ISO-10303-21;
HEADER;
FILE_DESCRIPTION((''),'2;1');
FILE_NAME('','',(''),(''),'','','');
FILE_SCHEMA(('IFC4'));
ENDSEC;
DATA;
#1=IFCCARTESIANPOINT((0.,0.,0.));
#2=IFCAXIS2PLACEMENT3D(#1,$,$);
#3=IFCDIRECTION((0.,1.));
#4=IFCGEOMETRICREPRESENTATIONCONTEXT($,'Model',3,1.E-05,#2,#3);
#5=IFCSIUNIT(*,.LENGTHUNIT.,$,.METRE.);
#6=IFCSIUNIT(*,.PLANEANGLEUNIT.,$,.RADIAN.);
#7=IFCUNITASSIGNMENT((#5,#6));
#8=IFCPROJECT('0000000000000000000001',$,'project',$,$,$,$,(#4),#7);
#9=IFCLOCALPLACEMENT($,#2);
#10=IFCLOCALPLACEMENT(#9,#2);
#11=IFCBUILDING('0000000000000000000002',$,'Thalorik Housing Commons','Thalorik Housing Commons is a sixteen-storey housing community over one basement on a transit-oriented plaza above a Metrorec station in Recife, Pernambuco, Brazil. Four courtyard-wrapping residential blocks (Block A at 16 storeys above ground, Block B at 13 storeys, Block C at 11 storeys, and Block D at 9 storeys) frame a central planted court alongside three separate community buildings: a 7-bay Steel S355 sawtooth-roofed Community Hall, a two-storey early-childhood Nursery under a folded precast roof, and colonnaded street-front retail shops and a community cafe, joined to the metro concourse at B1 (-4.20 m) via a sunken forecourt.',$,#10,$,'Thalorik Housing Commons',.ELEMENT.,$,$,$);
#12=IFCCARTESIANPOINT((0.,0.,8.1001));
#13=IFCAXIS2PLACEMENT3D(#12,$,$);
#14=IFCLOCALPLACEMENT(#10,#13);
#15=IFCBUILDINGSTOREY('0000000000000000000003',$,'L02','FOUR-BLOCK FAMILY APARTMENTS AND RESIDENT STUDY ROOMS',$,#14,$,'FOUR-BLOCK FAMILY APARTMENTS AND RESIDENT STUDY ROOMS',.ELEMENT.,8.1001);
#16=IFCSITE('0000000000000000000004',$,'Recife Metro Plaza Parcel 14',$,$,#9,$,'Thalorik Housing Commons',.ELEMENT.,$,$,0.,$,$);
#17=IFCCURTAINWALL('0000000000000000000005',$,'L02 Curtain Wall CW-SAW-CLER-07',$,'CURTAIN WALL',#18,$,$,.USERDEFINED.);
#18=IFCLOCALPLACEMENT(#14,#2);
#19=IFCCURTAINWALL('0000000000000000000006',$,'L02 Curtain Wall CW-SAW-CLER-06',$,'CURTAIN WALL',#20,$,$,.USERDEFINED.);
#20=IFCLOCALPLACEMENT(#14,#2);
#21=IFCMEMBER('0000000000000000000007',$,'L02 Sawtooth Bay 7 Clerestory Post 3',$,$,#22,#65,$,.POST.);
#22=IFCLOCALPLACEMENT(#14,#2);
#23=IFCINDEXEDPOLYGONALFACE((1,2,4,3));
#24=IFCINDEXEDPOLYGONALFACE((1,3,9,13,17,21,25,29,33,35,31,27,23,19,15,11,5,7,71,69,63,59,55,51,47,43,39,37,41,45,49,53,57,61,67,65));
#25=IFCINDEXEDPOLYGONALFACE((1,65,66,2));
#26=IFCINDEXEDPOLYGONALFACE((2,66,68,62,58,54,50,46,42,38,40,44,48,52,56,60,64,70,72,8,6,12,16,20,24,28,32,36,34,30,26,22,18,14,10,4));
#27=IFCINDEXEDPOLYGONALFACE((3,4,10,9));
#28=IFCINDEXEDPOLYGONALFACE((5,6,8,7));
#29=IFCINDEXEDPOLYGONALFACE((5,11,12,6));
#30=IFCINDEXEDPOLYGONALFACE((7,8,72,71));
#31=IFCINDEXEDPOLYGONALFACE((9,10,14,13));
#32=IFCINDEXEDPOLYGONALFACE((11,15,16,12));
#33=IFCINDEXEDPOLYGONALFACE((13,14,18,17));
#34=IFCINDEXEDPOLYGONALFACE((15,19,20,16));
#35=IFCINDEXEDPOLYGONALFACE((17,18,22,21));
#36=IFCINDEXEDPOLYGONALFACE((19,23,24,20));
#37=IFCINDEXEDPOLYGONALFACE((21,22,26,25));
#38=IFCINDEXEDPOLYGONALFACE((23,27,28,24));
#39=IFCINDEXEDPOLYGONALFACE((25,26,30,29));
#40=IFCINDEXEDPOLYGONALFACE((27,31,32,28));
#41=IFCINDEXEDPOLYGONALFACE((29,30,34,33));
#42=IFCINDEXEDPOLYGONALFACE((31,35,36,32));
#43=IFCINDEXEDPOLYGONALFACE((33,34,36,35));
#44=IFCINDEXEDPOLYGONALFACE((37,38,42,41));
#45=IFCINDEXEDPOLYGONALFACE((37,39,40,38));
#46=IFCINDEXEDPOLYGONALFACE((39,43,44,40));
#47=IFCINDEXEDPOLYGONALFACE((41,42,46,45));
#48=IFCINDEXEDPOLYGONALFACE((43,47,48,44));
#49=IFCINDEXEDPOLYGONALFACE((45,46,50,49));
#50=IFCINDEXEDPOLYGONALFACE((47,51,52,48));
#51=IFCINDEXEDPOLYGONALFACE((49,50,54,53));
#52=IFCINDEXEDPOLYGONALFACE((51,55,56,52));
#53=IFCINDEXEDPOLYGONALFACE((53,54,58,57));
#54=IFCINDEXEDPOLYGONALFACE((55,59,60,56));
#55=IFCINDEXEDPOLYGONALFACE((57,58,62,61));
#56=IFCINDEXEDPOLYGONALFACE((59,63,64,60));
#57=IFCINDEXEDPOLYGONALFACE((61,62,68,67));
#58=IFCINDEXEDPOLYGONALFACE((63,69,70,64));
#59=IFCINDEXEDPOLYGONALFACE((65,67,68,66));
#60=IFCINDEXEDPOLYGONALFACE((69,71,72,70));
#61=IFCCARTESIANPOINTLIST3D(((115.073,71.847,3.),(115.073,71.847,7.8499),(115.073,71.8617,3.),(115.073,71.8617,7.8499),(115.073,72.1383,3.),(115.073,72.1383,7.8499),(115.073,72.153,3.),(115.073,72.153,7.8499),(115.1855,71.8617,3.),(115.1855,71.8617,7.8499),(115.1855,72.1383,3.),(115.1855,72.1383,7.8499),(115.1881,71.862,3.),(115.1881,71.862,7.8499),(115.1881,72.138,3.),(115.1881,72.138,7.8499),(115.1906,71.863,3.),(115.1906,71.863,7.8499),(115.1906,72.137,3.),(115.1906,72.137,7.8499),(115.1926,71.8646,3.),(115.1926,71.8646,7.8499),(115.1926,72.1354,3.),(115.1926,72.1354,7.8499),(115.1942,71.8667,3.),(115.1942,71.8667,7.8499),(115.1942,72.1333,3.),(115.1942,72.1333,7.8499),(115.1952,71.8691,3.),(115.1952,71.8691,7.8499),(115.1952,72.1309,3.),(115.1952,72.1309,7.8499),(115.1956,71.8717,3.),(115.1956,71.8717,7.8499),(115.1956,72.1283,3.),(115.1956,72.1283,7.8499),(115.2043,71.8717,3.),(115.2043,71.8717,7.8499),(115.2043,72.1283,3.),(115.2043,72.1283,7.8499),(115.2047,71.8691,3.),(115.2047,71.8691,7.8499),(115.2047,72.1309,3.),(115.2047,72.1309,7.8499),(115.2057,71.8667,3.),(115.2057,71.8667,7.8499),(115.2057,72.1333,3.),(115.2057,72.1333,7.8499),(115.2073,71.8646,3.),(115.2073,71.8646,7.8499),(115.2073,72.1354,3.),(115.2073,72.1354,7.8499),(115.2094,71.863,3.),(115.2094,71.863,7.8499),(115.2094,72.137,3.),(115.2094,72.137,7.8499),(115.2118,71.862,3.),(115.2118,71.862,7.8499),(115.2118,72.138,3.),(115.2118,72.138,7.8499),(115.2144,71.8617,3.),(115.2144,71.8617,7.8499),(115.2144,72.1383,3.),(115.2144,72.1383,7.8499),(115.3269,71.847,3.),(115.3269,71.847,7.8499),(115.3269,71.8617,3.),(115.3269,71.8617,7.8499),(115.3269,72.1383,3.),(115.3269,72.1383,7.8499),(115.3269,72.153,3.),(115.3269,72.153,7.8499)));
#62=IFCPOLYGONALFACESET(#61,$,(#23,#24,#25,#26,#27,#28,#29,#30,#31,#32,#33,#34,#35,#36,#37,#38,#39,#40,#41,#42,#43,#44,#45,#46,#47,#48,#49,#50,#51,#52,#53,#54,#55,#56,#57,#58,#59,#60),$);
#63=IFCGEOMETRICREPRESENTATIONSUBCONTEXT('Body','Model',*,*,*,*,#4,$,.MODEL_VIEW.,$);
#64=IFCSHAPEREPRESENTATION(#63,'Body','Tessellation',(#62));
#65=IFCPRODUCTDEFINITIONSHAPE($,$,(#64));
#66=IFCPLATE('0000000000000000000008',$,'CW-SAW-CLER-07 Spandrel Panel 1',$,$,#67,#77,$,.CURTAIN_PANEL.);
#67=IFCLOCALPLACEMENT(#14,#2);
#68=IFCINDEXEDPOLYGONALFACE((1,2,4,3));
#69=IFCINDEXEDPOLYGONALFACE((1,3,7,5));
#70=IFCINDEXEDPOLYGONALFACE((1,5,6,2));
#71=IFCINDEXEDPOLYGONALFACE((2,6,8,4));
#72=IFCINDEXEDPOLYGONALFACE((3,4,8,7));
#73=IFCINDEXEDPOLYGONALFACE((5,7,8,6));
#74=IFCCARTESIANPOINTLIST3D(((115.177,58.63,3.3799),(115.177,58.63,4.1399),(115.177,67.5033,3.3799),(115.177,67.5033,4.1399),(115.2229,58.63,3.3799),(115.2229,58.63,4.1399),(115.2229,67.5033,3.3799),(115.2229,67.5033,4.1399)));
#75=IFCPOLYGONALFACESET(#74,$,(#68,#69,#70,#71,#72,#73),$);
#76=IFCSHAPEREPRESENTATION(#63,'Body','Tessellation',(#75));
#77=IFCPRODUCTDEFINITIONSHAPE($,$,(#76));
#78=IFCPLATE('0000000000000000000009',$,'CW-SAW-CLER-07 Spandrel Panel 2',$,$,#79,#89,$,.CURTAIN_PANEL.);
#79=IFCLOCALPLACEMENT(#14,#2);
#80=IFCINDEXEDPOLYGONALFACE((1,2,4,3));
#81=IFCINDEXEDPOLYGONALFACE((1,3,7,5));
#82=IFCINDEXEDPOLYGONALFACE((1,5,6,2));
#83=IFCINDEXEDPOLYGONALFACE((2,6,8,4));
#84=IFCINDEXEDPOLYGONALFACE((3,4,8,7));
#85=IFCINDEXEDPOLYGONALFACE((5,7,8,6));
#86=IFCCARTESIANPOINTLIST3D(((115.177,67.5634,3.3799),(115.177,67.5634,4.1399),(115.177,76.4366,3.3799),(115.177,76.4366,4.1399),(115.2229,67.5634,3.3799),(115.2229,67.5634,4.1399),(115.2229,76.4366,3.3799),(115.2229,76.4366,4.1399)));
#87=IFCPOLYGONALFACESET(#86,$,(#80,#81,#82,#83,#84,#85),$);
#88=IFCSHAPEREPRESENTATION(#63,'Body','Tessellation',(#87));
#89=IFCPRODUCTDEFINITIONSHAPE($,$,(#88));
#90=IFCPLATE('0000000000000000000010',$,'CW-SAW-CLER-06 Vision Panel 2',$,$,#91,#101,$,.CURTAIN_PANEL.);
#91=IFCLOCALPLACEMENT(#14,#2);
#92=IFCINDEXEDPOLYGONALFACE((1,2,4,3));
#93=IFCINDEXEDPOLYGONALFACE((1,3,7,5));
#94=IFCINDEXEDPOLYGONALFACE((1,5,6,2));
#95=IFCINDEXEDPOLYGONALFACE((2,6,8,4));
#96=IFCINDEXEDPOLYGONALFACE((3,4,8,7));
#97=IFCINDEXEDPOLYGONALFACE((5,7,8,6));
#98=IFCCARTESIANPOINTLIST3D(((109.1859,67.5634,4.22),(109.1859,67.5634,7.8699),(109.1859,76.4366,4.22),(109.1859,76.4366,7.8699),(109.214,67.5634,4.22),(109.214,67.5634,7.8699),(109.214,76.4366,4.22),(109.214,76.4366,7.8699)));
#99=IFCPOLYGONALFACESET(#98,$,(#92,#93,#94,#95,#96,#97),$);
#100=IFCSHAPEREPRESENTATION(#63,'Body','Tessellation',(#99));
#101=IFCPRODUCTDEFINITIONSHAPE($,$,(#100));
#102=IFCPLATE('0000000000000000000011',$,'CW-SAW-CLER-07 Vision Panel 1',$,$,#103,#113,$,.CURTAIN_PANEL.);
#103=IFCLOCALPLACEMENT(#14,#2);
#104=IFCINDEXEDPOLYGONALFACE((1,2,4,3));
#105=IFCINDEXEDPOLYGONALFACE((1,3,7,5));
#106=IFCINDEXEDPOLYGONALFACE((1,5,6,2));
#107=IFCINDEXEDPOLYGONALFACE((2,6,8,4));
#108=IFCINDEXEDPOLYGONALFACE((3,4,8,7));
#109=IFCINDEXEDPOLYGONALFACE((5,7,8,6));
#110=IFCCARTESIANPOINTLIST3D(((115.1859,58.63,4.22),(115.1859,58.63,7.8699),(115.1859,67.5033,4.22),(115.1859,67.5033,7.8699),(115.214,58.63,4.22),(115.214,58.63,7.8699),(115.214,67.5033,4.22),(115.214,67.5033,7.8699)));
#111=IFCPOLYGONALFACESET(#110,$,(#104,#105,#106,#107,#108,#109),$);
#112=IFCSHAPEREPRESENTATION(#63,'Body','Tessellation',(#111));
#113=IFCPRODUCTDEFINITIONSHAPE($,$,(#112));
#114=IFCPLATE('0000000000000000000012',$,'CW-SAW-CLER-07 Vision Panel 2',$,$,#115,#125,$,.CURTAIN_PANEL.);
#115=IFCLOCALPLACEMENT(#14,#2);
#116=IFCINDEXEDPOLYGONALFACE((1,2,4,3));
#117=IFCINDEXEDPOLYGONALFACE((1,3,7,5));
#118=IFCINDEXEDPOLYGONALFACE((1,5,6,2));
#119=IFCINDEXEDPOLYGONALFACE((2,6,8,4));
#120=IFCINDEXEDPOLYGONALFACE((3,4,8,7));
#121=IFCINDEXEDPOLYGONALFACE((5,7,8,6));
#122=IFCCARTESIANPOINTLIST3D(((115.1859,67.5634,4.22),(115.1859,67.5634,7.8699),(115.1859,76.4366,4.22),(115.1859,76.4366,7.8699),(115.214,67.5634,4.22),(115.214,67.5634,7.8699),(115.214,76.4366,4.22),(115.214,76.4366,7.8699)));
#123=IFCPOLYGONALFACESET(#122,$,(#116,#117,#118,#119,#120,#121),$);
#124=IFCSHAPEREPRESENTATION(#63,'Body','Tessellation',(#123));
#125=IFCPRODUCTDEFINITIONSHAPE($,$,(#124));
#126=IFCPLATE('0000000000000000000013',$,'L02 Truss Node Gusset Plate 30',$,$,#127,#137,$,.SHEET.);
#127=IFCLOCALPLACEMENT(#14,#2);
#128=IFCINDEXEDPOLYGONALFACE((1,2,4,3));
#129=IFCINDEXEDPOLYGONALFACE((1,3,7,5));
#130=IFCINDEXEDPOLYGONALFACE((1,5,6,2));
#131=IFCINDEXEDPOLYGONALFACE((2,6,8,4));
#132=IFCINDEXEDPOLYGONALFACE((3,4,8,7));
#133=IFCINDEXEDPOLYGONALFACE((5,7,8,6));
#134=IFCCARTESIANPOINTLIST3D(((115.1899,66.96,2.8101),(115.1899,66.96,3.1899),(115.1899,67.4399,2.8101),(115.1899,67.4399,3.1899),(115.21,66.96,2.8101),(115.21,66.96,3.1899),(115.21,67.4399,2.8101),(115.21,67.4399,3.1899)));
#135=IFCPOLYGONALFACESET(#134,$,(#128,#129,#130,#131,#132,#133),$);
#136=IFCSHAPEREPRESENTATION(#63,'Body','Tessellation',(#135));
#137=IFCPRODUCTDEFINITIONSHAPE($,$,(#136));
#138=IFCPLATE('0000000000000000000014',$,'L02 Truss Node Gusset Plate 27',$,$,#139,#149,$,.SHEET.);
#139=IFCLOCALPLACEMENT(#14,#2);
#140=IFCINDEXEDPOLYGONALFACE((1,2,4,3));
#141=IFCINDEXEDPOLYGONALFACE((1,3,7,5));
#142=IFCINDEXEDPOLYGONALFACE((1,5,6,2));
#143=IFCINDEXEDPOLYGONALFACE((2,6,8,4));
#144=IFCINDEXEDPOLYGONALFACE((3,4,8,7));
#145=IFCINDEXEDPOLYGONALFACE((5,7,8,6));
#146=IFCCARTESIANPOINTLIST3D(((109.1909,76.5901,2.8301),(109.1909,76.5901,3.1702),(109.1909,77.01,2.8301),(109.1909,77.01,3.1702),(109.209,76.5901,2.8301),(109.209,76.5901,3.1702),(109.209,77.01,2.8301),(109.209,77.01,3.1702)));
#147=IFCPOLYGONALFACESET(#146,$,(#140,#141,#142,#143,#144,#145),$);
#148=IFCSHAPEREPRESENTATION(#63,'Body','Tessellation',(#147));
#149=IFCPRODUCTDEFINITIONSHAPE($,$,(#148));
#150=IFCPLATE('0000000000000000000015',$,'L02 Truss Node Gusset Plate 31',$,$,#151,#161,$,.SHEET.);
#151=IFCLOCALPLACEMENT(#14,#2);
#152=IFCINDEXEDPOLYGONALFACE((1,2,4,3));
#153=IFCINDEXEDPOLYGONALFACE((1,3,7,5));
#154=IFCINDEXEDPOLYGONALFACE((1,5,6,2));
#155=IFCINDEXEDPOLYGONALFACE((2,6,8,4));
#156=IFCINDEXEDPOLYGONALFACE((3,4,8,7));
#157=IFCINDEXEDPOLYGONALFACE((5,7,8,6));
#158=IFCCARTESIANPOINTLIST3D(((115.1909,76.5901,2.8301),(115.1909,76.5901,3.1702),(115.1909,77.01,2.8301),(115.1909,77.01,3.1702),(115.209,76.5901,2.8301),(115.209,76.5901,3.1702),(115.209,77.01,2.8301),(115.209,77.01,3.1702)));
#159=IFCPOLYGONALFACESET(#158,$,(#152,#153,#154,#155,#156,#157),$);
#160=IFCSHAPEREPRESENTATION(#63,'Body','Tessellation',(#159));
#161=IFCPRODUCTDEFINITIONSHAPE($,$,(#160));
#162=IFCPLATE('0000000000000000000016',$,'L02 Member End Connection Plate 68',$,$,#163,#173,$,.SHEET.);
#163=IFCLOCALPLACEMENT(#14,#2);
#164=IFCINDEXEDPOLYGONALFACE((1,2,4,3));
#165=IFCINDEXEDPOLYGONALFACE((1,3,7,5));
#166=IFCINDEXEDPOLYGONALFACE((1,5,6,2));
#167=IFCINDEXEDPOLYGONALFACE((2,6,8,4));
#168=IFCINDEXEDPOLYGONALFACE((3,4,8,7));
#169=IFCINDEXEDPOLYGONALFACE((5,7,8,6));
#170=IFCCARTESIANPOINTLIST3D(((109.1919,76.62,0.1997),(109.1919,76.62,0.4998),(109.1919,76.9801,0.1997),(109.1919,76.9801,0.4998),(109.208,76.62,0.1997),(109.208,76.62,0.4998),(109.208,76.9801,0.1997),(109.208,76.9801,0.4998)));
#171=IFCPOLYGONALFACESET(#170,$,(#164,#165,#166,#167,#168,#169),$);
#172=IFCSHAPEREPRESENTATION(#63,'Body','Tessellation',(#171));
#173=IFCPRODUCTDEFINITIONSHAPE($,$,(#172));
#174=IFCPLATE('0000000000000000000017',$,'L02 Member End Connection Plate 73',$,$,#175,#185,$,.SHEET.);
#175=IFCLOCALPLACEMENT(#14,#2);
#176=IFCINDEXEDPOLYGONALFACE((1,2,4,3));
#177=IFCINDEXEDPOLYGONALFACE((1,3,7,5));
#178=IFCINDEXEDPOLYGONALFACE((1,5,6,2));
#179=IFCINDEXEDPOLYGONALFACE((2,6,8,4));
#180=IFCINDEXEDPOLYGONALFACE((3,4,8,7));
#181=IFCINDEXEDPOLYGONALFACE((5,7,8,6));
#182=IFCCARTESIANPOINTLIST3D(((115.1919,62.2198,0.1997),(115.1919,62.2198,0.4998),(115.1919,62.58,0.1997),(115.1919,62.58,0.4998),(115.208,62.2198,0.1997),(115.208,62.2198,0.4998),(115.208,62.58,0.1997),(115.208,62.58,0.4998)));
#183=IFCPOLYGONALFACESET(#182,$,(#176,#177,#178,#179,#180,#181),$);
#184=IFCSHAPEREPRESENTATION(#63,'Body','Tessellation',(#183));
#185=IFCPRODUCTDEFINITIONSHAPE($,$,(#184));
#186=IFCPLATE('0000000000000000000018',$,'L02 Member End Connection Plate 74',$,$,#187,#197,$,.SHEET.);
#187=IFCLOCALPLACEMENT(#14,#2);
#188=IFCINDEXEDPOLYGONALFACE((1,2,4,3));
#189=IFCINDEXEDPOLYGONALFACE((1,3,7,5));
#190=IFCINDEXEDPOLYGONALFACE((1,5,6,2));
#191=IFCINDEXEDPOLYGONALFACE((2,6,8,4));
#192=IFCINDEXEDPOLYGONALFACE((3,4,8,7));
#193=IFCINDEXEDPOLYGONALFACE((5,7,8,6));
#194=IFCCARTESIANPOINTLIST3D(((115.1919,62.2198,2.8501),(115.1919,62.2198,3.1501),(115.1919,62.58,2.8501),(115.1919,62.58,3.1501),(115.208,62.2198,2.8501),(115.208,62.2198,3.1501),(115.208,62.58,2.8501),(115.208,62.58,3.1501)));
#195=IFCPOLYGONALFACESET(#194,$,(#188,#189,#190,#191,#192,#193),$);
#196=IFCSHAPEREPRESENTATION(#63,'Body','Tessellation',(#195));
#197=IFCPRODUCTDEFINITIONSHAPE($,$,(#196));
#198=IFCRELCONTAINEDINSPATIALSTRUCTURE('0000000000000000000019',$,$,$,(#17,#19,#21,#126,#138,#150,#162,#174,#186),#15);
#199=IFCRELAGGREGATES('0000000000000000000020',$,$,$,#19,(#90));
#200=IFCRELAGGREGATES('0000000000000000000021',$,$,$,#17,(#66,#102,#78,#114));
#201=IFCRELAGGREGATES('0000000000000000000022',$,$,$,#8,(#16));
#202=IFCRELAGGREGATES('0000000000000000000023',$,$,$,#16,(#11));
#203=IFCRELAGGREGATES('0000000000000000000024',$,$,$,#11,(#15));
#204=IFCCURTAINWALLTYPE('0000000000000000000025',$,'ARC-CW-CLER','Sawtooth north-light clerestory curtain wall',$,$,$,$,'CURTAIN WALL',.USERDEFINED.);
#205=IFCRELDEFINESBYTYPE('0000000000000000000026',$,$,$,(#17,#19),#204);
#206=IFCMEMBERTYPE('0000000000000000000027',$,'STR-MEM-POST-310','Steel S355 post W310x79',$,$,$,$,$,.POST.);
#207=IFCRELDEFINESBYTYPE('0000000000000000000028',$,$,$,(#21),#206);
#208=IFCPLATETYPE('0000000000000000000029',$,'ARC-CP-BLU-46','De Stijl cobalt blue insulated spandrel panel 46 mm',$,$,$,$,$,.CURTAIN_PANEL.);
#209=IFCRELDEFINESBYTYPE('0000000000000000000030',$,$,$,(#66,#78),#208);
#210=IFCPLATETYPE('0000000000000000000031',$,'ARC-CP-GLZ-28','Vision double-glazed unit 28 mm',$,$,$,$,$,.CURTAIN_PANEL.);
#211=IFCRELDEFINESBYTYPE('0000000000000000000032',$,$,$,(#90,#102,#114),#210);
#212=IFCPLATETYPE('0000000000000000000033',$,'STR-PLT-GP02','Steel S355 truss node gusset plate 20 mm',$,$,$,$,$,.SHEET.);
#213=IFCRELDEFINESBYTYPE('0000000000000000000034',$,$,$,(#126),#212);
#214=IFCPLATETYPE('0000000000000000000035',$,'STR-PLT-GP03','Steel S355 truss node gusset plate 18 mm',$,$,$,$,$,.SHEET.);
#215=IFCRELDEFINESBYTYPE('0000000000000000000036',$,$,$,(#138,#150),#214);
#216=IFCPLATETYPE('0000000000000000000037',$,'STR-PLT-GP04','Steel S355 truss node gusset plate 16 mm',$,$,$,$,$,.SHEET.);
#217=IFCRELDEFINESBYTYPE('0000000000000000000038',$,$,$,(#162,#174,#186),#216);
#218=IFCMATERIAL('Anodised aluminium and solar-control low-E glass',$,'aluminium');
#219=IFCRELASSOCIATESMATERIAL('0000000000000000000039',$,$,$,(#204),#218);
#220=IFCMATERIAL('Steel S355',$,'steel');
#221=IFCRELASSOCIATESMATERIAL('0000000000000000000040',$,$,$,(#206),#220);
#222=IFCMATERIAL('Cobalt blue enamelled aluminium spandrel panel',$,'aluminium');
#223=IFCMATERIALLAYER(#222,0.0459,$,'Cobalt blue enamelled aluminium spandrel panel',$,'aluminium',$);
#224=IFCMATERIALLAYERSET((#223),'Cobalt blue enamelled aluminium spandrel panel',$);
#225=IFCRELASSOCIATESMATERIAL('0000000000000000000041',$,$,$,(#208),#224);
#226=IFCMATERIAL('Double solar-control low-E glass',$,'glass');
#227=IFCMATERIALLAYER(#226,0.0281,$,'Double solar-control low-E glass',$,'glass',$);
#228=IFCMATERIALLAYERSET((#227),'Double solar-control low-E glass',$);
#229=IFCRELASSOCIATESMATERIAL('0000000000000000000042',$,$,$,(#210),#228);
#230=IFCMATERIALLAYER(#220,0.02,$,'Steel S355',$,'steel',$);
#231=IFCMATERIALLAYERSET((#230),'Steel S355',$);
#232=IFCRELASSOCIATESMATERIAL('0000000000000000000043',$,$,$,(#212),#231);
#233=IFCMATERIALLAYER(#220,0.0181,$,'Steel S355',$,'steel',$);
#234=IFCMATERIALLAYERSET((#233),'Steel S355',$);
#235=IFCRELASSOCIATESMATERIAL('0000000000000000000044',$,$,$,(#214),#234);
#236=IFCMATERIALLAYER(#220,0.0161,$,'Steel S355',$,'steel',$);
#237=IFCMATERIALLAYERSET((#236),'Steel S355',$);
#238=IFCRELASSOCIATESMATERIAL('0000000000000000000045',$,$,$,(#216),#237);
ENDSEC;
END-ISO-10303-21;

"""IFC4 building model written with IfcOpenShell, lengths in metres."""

from ifc_helpers import new_model, si_unit, direction, frame, origin, origin_2d, place, context, subcontext, project, spatial, rectangle, i_section, extrude, material, layer, layer_set, material_profile, profile_set, type_object, element, aggregate, save


model = new_model("IFC4")

# Units and contexts
model_context = context("Model", 3, precision=1e-05, world=origin(), true_north=direction((0.0, 1.0)))
body_context = subcontext(model_context, "Body", "Model", "MODEL_VIEW")
ifc_project = project(units=[si_unit("LENGTHUNIT", "METRE"), si_unit("PLANEANGLEUNIT", "RADIAN")], contexts=[model_context])

# Site, building, storey
site_placement = place(None, origin())
site = spatial("IfcSite", under=ifc_project, at=site_placement, Name="Recife Metro Plaza Parcel 14", LongName="Thalorik Housing Commons", CompositionType="ELEMENT", RefElevation=0.0)
building_placement = place(site_placement, origin())
building = spatial("IfcBuilding", under=site, at=building_placement, Name="Thalorik Housing Commons", Description="Thalorik Housing Commons is a sixteen-storey housing community over one basement on a transit-oriented plaza above a Metrorec station in Recife, Pernambuco, Brazil. Four courtyard-wrapping residential blocks (Block A at 16 storeys above ground, Block B at 13 storeys, Block C at 11 storeys, and Block D at 9 storeys) frame a central planted court alongside three separate community buildings: a 7-bay Steel S355 sawtooth-roofed Community Hall, a two-storey early-childhood Nursery under a folded precast roof, and colonnaded street-front retail shops and a community cafe, joined to the metro concourse at B1 (-4.20 m) via a sunken forecourt.", LongName="Thalorik Housing Commons", CompositionType="ELEMENT")
storey_placement = place(building_placement, frame((0.0, 0.0, 8.1001)))
storey = spatial("IfcBuildingStorey", under=building, at=storey_placement, Name="L02", Description="FOUR-BLOCK FAMILY APARTMENTS AND RESIDENT STUDY ROOMS", LongName="FOUR-BLOCK FAMILY APARTMENTS AND RESIDENT STUDY ROOMS", CompositionType="ELEMENT", Elevation=8.1001)

# Curtain wall
ifc_material_1 = material(Name="Anodised aluminium and solar-control low-E glass", Category="aluminium")
curtain_wall_type = type_object("IfcCurtainWallType", Name="ARC-CW-CLER", Description="Sawtooth north-light clerestory curtain wall", ElementType="CURTAIN WALL", PredefinedType="USERDEFINED", material=ifc_material_1)
curtain_wall_1_placement = place(storey_placement, origin())
curtain_wall_1 = element("IfcCurtainWall", 1, at=curtain_wall_1_placement, inside=storey, type_object=curtain_wall_type, Name="L02 Curtain Wall CW-SAW-CLER-07", ObjectType="CURTAIN WALL", PredefinedType="USERDEFINED")

# Curtain wall
curtain_wall_2_placement = place(storey_placement, origin())
curtain_wall_2 = element("IfcCurtainWall", 2, at=curtain_wall_2_placement, inside=storey, type_object=curtain_wall_type, Name="L02 Curtain Wall CW-SAW-CLER-06", ObjectType="CURTAIN WALL", PredefinedType="USERDEFINED")

# Member
ifc_material_2 = material(Name="Steel S355", Category="steel")
ifc_material_profile_1 = material_profile(ifc_material_2, i_section(OverallWidth=0.2539, OverallDepth=0.3059, WebThickness=0.0088, FlangeThickness=0.0146, FilletRadius=0.01, at=origin_2d()), Name="W310x79", Category="steel")
ifc_profile_set_1 = profile_set([ifc_material_profile_1], Name="Steel S355")
member_type_1 = type_object("IfcMemberType", Name="STR-MEM-POST-310", Description="Steel S355 post W310x79", PredefinedType="POST", material=ifc_profile_set_1)
for number, where, z_axis, x_axis, name in (
    (3, (115.2, 72.0, 3.0), (0.0, 0.0, 1.0), (1.0, 0.0, 0.0), "L02 Sawtooth Bay 7 Clerestory Post 3"),
):
    element("IfcMember", number, at=place(storey_placement, frame(where, z_axis=z_axis, x_axis=x_axis)), inside=storey, type_object=member_type_1, Name=name, PredefinedType="POST", context=body_context, shape_type="SweptSolid", body=[
        extrude(i_section(OverallWidth=0.2539, OverallDepth=0.3059, WebThickness=0.0088, FlangeThickness=0.0146, FilletRadius=0.01, at=origin_2d()), origin(), (0.0, 0.0, 1.0), 4.8499),
    ])

# Plates
ifc_material_3 = material(Name="Cobalt blue enamelled aluminium spandrel panel", Category="aluminium")
ifc_layer_1 = layer(ifc_material_3, 0.0459, Name="Cobalt blue enamelled aluminium spandrel panel", Category="aluminium")
ifc_layer_set_1 = layer_set([ifc_layer_1], Name="Cobalt blue enamelled aluminium spandrel panel")
plate_type_1 = type_object("IfcPlateType", Name="ARC-CP-BLU-46", Description="De Stijl cobalt blue insulated spandrel panel 46 mm", PredefinedType="CURTAIN_PANEL", material=ifc_layer_set_1)
plate_1_placement = place(storey_placement, frame((115.2, 63.0667, 3.3799), z_axis=(0.0, 0.0, 1.0), x_axis=(0.0, 1.0, 0.0)))
plate_1 = element("IfcPlate", 4, at=plate_1_placement, type_object=plate_type_1, Name="CW-SAW-CLER-07 Spandrel Panel 1", PredefinedType="CURTAIN_PANEL", context=body_context, shape_type="SweptSolid", body=[
    extrude(rectangle(XDim=8.8733, YDim=0.0459, at=origin_2d()), origin(), (0.0, 0.0, 1.0), 0.76),
])
plate_2_placement = place(storey_placement, frame((115.2, 72.0, 3.3799), z_axis=(0.0, 0.0, 1.0), x_axis=(0.0, 1.0, 0.0)))
plate_2 = element("IfcPlate", 5, at=plate_2_placement, type_object=plate_type_1, Name="CW-SAW-CLER-07 Spandrel Panel 2", PredefinedType="CURTAIN_PANEL", context=body_context, shape_type="SweptSolid", body=[
    extrude(rectangle(XDim=8.8733, YDim=0.0459, at=origin_2d()), origin(), (0.0, 0.0, 1.0), 0.76),
])
ifc_material_4 = material(Name="Double solar-control low-E glass", Category="glass")
ifc_layer_2 = layer(ifc_material_4, 0.0281, Name="Double solar-control low-E glass", Category="glass")
ifc_layer_set_2 = layer_set([ifc_layer_2], Name="Double solar-control low-E glass")
plate_type_2 = type_object("IfcPlateType", Name="ARC-CP-GLZ-28", Description="Vision double-glazed unit 28 mm", PredefinedType="CURTAIN_PANEL", material=ifc_layer_set_2)
plate_3_placement = place(storey_placement, frame((109.2, 72.0, 4.22), z_axis=(0.0, 0.0, 1.0), x_axis=(0.0, 1.0, 0.0)))
plate_3 = element("IfcPlate", 6, at=plate_3_placement, type_object=plate_type_2, Name="CW-SAW-CLER-06 Vision Panel 2", PredefinedType="CURTAIN_PANEL", context=body_context, shape_type="SweptSolid", body=[
    extrude(rectangle(XDim=8.8733, YDim=0.0281, at=origin_2d()), origin(), (0.0, 0.0, 1.0), 3.6499),
])
aggregate(curtain_wall_2, [plate_3])
plate_4_placement = place(storey_placement, frame((115.2, 63.0667, 4.22), z_axis=(0.0, 0.0, 1.0), x_axis=(0.0, 1.0, 0.0)))
plate_4 = element("IfcPlate", 7, at=plate_4_placement, type_object=plate_type_2, Name="CW-SAW-CLER-07 Vision Panel 1", PredefinedType="CURTAIN_PANEL", context=body_context, shape_type="SweptSolid", body=[
    extrude(rectangle(XDim=8.8733, YDim=0.0281, at=origin_2d()), origin(), (0.0, 0.0, 1.0), 3.6499),
])
plate_5_placement = place(storey_placement, frame((115.2, 72.0, 4.22), z_axis=(0.0, 0.0, 1.0), x_axis=(0.0, 1.0, 0.0)))
plate_5 = element("IfcPlate", 8, at=plate_5_placement, type_object=plate_type_2, Name="CW-SAW-CLER-07 Vision Panel 2", PredefinedType="CURTAIN_PANEL", context=body_context, shape_type="SweptSolid", body=[
    extrude(rectangle(XDim=8.8733, YDim=0.0281, at=origin_2d()), origin(), (0.0, 0.0, 1.0), 3.6499),
])
aggregate(curtain_wall_1, [plate_1, plate_4, plate_2, plate_5])

# Plates
ifc_layer_3 = layer(ifc_material_2, 0.02, Name="Steel S355", Category="steel")
ifc_layer_set_3 = layer_set([ifc_layer_3], Name="Steel S355")
plate_type_3 = type_object("IfcPlateType", Name="STR-PLT-GP02", Description="Steel S355 truss node gusset plate 20 mm", PredefinedType="SHEET", material=ifc_layer_set_3)
plate_6_placement = place(storey_placement, frame((115.2, 67.2, 2.8101), z_axis=(0.0, 0.0, 1.0), x_axis=(1.0, 0.0, 0.0)))
element("IfcPlate", 9, at=plate_6_placement, inside=storey, type_object=plate_type_3, Name="L02 Truss Node Gusset Plate 30", PredefinedType="SHEET", context=body_context, shape_type="SweptSolid", body=[
    extrude(rectangle(XDim=0.02, YDim=0.48, at=origin_2d()), origin(), (0.0, 0.0, 1.0), 0.3799),
])
ifc_layer_4 = layer(ifc_material_2, 0.0181, Name="Steel S355", Category="steel")
ifc_layer_set_4 = layer_set([ifc_layer_4], Name="Steel S355")
plate_type_4 = type_object("IfcPlateType", Name="STR-PLT-GP03", Description="Steel S355 truss node gusset plate 18 mm", PredefinedType="SHEET", material=ifc_layer_set_4)
for number, where, z_axis, x_axis, name in (
    (10, (109.2, 76.8, 2.8301), (0.0, 0.0, 1.0), (1.0, 0.0, 0.0), "L02 Truss Node Gusset Plate 27"),
    (11, (115.2, 76.8, 2.8301), (0.0, 0.0, 1.0), (1.0, 0.0, 0.0), "L02 Truss Node Gusset Plate 31"),
):
    element("IfcPlate", number, at=place(storey_placement, frame(where, z_axis=z_axis, x_axis=x_axis)), inside=storey, type_object=plate_type_4, Name=name, PredefinedType="SHEET", context=body_context, shape_type="SweptSolid", body=[
        extrude(rectangle(XDim=0.0181, YDim=0.4199, at=origin_2d()), origin(), (0.0, 0.0, 1.0), 0.3401),
    ])
ifc_layer_5 = layer(ifc_material_2, 0.0161, Name="Steel S355", Category="steel")
ifc_layer_set_5 = layer_set([ifc_layer_5], Name="Steel S355")
plate_type_5 = type_object("IfcPlateType", Name="STR-PLT-GP04", Description="Steel S355 truss node gusset plate 16 mm", PredefinedType="SHEET", material=ifc_layer_set_5)
for number, where, z_axis, x_axis, name in (
    (12, (109.2, 76.8, 0.1997), (0.0, 0.0, 1.0), (1.0, 0.0, 0.0), "L02 Member End Connection Plate 68"),
    (13, (115.2, 62.3999, 0.1997), (0.0, 0.0, 1.0), (1.0, 0.0, 0.0), "L02 Member End Connection Plate 73"),
    (14, (115.2, 62.3999, 2.8501), (0.0, 0.0, 1.0), (1.0, 0.0, 0.0), "L02 Member End Connection Plate 74"),
):
    element("IfcPlate", number, at=place(storey_placement, frame(where, z_axis=z_axis, x_axis=x_axis)), inside=storey, type_object=plate_type_5, Name=name, PredefinedType="SHEET", context=body_context, shape_type="SweptSolid", body=[
        extrude(rectangle(XDim=0.0161, YDim=0.3601, at=origin_2d()), origin(), (0.0, 0.0, 1.0), 0.3),
    ])

save(model, "model.ifc")
